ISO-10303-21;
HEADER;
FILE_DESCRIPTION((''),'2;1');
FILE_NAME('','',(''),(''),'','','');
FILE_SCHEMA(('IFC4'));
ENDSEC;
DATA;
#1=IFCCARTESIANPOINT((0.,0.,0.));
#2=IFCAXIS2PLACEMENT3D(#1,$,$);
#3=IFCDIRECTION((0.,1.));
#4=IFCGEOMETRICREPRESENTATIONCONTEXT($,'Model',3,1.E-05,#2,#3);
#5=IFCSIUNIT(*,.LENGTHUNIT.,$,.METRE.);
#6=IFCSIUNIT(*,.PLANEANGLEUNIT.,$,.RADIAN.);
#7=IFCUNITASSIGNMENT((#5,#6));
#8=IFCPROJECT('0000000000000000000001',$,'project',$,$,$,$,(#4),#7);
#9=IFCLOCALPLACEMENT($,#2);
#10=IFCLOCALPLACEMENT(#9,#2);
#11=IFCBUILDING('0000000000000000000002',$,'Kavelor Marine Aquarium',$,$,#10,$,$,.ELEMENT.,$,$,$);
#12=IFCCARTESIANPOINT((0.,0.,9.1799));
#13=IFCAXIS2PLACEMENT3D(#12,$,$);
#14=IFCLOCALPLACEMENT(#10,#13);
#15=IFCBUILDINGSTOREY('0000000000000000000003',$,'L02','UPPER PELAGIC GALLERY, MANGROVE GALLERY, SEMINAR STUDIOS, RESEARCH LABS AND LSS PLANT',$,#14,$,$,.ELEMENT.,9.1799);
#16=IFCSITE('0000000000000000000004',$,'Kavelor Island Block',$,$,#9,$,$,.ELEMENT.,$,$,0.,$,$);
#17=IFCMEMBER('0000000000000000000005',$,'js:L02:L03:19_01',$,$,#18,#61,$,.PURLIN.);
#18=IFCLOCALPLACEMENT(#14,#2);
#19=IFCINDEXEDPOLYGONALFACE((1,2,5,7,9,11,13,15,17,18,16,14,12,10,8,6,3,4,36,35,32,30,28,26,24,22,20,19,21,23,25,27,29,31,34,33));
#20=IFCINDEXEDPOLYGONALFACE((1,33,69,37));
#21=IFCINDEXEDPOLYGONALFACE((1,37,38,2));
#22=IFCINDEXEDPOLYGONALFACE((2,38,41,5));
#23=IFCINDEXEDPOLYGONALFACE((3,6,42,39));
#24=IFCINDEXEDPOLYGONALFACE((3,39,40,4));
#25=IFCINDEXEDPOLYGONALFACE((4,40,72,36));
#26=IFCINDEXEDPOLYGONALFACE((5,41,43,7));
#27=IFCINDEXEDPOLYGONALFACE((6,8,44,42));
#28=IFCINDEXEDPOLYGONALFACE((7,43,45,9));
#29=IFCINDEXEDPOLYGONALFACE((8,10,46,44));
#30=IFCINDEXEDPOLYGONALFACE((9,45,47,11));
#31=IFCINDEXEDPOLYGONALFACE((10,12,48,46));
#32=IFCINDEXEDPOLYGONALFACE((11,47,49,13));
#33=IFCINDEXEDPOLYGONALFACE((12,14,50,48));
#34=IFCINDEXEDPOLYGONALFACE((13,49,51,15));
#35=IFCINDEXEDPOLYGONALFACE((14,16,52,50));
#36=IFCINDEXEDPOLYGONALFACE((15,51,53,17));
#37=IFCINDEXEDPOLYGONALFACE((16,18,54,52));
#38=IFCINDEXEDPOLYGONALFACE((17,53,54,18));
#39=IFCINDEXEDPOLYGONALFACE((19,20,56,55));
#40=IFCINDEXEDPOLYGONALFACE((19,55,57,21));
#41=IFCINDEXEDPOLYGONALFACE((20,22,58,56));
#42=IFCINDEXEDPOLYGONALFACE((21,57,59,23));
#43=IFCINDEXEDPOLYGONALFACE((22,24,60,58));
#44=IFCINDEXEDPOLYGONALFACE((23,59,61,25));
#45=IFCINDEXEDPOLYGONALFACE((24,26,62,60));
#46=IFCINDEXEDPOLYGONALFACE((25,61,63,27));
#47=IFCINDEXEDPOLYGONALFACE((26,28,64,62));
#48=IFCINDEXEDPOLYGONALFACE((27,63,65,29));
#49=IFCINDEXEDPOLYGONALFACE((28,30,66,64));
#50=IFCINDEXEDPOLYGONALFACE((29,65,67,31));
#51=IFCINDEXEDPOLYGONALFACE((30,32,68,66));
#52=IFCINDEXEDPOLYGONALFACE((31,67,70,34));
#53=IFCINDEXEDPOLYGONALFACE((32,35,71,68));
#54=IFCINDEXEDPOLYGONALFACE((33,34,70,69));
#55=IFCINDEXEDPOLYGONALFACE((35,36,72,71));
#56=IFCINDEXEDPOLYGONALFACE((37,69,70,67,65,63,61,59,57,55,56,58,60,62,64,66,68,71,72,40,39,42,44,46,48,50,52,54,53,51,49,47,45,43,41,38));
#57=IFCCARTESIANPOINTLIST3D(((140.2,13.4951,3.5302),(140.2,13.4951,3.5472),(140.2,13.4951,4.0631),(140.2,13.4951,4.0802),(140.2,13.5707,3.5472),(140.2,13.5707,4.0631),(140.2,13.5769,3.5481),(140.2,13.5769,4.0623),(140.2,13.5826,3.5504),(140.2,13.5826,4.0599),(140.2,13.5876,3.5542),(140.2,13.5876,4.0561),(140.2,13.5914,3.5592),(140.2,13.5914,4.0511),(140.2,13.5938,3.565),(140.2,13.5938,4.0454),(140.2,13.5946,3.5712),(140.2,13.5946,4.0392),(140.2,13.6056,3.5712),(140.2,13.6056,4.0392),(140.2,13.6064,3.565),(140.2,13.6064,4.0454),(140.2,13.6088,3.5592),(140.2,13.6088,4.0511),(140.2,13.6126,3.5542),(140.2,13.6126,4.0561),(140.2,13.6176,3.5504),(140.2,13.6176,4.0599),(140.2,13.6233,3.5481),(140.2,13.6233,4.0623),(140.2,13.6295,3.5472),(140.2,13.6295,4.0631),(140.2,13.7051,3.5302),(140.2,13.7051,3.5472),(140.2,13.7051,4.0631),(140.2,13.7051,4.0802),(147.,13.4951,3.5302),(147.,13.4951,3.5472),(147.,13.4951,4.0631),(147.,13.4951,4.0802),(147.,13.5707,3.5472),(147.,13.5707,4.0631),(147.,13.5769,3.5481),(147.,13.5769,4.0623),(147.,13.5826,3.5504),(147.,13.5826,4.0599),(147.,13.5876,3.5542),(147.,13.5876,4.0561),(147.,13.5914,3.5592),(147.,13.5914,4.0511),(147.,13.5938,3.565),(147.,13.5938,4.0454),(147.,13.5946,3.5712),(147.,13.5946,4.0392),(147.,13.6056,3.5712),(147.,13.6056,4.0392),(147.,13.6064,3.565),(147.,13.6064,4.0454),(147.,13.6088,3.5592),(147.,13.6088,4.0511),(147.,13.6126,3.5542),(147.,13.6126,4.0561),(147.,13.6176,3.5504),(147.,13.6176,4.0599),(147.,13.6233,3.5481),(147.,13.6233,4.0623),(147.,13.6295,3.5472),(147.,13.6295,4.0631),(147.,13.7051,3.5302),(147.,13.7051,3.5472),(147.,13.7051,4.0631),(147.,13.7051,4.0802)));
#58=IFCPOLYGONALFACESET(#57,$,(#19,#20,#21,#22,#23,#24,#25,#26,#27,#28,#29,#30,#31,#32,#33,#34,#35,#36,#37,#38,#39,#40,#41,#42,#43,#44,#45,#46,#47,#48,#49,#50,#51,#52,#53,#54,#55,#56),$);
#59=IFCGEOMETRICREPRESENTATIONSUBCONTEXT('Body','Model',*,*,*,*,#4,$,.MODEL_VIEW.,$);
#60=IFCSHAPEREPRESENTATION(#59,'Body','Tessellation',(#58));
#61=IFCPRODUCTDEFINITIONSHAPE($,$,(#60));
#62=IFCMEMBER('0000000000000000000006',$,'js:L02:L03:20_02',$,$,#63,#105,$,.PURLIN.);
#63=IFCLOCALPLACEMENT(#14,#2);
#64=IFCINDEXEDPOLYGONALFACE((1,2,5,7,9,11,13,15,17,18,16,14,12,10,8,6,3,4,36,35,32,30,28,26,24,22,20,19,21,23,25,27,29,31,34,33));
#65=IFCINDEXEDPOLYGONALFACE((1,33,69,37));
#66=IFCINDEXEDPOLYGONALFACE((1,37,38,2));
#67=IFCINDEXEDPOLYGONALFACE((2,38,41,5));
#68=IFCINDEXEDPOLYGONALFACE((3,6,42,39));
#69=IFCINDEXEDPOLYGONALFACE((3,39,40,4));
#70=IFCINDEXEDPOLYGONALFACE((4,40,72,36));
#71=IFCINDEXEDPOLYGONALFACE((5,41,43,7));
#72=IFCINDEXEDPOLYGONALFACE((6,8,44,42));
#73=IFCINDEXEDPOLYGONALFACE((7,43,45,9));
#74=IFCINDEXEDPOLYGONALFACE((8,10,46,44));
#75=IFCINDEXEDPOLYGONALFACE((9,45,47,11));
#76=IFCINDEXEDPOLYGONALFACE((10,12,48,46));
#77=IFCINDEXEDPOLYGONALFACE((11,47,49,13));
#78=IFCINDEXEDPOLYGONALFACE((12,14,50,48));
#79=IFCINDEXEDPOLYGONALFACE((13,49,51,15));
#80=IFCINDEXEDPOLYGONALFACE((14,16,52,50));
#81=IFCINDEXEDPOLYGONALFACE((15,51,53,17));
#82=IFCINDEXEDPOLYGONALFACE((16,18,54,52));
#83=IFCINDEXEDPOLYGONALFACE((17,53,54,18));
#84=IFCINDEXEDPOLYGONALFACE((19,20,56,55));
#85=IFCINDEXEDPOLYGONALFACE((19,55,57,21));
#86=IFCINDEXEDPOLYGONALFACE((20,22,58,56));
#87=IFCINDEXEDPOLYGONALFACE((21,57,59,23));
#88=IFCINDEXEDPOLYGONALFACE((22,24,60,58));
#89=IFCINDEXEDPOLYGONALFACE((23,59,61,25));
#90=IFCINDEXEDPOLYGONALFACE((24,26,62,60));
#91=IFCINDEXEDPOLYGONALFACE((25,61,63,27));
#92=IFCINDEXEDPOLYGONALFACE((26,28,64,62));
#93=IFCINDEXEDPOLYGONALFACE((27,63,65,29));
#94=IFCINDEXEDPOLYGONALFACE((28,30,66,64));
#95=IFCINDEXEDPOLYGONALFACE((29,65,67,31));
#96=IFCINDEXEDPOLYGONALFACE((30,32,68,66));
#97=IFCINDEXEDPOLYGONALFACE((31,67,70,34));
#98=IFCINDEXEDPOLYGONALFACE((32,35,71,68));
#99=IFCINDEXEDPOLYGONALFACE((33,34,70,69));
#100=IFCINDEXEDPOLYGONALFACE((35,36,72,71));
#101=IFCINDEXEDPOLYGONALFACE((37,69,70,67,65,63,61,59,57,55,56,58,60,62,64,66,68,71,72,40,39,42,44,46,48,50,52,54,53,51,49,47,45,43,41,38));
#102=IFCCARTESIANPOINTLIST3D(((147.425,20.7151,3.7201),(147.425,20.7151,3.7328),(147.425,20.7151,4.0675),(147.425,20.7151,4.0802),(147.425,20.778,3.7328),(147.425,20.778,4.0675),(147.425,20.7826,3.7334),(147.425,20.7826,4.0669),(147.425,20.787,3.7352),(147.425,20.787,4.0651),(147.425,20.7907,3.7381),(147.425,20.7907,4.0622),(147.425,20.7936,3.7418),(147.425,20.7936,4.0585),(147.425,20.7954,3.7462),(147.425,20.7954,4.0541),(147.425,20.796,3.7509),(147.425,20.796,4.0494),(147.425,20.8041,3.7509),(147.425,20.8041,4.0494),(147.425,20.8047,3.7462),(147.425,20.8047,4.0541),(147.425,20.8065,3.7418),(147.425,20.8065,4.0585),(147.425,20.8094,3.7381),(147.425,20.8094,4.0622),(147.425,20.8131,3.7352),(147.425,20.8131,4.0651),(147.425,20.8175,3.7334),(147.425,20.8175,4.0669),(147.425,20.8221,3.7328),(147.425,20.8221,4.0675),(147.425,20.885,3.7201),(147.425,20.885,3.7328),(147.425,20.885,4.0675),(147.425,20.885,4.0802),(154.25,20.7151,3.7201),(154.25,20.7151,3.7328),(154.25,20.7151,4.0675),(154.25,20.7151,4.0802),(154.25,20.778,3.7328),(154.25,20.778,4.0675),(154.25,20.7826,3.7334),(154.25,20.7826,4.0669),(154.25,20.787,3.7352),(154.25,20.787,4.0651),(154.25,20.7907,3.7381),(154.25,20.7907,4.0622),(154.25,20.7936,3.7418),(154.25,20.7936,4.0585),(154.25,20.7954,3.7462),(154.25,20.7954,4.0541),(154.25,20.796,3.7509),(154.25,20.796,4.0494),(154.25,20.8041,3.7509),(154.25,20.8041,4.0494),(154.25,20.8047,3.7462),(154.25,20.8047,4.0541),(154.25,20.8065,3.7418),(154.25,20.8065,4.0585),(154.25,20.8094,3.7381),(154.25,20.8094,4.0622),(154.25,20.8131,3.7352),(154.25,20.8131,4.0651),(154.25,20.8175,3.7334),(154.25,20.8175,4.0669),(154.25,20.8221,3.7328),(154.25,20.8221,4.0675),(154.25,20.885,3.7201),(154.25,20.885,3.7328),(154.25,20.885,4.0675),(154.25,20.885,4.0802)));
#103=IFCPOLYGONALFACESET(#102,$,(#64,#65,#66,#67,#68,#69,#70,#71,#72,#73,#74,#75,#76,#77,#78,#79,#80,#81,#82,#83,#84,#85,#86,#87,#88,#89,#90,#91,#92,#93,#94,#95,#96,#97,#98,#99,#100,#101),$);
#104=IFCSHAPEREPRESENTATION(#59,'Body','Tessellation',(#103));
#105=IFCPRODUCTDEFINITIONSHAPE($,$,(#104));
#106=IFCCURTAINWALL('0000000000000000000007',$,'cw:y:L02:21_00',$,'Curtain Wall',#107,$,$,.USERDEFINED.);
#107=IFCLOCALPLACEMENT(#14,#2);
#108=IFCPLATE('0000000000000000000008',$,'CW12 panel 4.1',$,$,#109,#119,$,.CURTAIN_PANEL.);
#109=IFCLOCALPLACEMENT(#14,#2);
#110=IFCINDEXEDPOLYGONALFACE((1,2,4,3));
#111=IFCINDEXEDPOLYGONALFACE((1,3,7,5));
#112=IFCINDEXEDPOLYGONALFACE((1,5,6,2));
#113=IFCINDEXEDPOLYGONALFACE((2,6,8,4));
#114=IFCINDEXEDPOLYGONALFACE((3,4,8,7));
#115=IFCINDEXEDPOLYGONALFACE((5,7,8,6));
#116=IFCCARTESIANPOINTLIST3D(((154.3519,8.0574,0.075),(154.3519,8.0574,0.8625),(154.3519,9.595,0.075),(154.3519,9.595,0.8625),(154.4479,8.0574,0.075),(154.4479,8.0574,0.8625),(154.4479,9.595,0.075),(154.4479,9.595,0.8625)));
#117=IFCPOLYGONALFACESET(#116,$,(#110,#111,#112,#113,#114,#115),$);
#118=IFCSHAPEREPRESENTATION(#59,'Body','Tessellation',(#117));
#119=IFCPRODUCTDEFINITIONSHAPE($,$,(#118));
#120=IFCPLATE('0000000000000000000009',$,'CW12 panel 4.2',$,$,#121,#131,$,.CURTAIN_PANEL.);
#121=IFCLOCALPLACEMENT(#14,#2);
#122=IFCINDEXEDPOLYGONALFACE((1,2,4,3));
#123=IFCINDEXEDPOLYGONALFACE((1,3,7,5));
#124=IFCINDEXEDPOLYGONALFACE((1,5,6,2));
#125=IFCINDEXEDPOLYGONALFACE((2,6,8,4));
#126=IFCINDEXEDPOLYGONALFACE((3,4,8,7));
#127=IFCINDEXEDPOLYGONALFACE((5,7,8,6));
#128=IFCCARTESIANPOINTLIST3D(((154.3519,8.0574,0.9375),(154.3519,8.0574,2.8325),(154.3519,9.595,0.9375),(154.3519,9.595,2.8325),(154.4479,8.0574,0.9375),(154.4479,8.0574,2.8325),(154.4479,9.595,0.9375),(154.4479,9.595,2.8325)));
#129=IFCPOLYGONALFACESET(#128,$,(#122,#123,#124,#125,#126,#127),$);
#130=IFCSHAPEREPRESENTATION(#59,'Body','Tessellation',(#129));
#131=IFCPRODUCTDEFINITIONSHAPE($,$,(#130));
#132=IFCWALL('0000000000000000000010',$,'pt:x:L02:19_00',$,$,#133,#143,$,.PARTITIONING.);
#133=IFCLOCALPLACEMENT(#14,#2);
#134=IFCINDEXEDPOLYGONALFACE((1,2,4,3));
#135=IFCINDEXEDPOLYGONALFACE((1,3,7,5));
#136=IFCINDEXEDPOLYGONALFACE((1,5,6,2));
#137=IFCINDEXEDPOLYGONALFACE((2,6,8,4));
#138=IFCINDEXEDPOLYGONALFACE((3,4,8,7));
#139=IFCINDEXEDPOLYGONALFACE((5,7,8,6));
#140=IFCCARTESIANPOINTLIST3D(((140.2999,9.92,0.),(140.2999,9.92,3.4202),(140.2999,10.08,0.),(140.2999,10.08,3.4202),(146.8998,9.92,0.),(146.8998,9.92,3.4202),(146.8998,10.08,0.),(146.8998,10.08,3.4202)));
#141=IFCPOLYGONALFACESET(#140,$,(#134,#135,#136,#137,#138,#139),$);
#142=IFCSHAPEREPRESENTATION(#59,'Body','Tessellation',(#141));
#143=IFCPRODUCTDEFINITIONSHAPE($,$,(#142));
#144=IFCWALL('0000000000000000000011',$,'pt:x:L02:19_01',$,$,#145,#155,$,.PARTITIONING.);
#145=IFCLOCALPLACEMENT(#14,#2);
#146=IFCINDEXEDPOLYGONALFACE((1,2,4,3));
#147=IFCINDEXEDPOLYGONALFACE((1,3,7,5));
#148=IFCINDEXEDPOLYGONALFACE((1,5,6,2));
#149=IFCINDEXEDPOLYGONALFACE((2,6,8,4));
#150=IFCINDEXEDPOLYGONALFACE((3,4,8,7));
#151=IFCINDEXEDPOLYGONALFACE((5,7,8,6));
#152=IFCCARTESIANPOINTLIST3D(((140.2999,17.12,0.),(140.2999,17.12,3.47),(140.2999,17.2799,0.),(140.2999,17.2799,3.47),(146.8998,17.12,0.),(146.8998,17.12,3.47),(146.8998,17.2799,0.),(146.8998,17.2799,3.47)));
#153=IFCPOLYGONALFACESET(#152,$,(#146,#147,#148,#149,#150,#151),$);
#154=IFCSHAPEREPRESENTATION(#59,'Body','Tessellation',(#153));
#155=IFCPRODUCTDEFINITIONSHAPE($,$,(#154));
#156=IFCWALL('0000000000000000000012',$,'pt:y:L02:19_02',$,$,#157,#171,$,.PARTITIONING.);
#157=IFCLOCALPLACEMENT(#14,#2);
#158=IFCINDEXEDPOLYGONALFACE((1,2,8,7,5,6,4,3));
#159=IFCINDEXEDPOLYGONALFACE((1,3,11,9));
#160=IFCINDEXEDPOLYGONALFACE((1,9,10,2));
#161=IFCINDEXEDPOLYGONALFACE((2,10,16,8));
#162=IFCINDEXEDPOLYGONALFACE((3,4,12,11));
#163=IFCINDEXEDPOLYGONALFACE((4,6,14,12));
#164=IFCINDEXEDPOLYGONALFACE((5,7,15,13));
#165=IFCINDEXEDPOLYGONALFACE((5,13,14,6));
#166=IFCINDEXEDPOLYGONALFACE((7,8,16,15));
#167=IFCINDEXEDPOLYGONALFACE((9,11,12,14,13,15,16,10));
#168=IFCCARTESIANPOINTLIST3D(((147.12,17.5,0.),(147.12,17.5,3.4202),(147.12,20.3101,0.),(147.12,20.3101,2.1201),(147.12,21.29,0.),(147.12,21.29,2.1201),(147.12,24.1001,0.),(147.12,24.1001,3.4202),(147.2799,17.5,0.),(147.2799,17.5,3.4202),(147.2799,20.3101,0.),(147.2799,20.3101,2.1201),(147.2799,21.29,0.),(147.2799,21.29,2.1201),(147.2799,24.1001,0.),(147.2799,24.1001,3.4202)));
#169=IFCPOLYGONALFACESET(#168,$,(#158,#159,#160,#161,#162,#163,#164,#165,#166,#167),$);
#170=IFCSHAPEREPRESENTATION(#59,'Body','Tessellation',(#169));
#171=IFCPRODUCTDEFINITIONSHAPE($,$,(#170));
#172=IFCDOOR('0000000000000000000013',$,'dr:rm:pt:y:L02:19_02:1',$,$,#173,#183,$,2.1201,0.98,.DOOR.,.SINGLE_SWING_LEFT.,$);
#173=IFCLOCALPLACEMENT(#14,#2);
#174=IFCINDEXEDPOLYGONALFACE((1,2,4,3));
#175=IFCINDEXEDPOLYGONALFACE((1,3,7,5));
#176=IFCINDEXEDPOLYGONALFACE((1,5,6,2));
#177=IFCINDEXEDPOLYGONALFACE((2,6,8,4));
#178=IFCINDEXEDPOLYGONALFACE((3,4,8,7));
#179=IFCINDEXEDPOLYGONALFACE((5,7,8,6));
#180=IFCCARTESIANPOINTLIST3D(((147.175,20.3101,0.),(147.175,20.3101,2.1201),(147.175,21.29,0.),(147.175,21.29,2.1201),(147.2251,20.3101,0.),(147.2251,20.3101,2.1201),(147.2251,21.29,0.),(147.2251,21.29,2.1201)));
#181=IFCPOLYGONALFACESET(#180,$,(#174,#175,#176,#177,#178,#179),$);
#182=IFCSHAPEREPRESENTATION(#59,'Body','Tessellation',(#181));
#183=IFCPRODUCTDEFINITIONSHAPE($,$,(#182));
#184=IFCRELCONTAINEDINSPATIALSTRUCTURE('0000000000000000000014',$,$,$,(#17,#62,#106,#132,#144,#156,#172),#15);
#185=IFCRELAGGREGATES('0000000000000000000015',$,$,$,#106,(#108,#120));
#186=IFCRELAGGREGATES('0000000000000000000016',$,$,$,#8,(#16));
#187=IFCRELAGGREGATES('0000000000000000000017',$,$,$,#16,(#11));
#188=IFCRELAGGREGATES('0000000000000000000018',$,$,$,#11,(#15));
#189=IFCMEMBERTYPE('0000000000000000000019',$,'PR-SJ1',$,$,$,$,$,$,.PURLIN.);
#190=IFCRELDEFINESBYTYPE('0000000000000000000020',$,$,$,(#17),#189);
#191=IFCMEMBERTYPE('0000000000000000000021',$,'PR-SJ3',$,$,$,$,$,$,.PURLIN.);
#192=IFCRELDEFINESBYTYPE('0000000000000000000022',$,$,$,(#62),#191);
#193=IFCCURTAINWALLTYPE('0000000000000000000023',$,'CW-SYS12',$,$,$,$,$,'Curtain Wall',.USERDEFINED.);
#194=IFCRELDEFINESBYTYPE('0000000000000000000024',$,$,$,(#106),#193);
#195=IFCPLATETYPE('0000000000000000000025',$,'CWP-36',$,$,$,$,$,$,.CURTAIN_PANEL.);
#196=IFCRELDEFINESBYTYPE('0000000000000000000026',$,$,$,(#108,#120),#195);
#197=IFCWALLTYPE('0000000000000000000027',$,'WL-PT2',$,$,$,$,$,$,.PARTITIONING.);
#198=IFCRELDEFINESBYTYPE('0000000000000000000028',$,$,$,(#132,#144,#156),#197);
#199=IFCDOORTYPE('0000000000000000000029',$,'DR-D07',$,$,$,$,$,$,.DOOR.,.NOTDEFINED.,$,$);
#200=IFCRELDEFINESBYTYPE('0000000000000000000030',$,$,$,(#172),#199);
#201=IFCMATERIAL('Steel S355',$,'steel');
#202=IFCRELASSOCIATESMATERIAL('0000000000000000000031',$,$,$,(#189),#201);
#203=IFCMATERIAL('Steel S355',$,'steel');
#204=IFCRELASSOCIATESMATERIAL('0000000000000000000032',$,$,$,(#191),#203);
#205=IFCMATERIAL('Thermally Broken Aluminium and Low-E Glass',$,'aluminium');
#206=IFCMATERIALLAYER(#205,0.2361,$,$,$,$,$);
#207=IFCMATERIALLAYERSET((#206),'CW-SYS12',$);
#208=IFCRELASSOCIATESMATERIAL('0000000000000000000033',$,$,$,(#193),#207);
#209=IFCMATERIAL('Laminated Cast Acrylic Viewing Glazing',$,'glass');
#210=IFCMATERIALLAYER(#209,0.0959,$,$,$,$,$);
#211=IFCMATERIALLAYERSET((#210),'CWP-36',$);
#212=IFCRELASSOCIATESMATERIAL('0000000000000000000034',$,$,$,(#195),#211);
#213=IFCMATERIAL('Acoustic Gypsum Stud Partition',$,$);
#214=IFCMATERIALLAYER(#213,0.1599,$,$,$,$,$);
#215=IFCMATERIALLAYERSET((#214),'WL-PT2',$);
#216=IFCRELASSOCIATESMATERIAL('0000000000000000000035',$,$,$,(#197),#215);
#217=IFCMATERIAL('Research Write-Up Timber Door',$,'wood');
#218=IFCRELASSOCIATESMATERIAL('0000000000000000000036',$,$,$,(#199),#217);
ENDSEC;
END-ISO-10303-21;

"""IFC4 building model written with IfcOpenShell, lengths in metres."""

from ifc_helpers import new_model, si_unit, direction, frame, frame_2d, origin, origin_2d, place, context, subcontext, project, spatial, rectangle, i_section, extrude, material, layer, layer_set, material_profile, profile_set, type_object, element, fill, aggregate, save


model = new_model("IFC4")

# Units and contexts
model_context = context("Model", 3, precision=1e-05, world=origin(), true_north=direction((0.0, 1.0)))
body_context = subcontext(model_context, "Body", "Model", "MODEL_VIEW")
ifc_project = project(units=[si_unit("LENGTHUNIT", "METRE"), si_unit("PLANEANGLEUNIT", "RADIAN")], contexts=[model_context])

# Site, building, storey
site_placement = place(None, origin())
site = spatial("IfcSite", under=ifc_project, at=site_placement, Name="Kavelor Island Block", CompositionType="ELEMENT", RefElevation=0.0)
building_placement = place(site_placement, origin())
building = spatial("IfcBuilding", under=site, at=building_placement, Name="Kavelor Marine Aquarium", CompositionType="ELEMENT")
storey_placement = place(building_placement, frame((0.0, 0.0, 9.1799)))
storey = spatial("IfcBuildingStorey", under=building, at=storey_placement, Name="L02", Description="UPPER PELAGIC GALLERY, MANGROVE GALLERY, SEMINAR STUDIOS, RESEARCH LABS AND LSS PLANT", CompositionType="ELEMENT", Elevation=9.1799)

# Members
ifc_material_1 = material(Name="Steel S355", Category="steel")
ifc_material_profile_1 = material_profile(ifc_material_1, i_section(OverallWidth=0.21, OverallDepth=0.55, WebThickness=0.011, FlangeThickness=0.0171, FilletRadius=0.0239, at=origin_2d()), Name="IPE 550")
ifc_profile_set_1 = profile_set([ifc_material_profile_1], Name="Steel S355")
member_type_1 = type_object("IfcMemberType", Name="PR-SJ1", PredefinedType="PURLIN", material=ifc_profile_set_1)
member_1_placement = place(storey_placement, frame((140.2, 13.6001, 3.8052), z_axis=(1.0, 0.0, 0.0), x_axis=(0.0, 1.0, 0.0)))
element("IfcMember", 1, at=member_1_placement, inside=storey, type_object=member_type_1, Name="js:L02:L03:19_01", PredefinedType="PURLIN", context=body_context, shape_type="SweptSolid", body=[
    extrude(i_section(OverallWidth=0.21, OverallDepth=0.55, WebThickness=0.011, FlangeThickness=0.0171, FilletRadius=0.0239, at=origin_2d()), origin(), (0.0, 0.0, 1.0), 6.8),
])
ifc_material_2 = material(Name="Steel S355", Category="steel")
ifc_material_profile_2 = material_profile(ifc_material_2, i_section(OverallWidth=0.1699, OverallDepth=0.3601, WebThickness=0.0081, FlangeThickness=0.0127, FilletRadius=0.0181, at=origin_2d()), Name="IPE 360")
ifc_profile_set_2 = profile_set([ifc_material_profile_2], Name="Steel S355")
member_type_2 = type_object("IfcMemberType", Name="PR-SJ3", PredefinedType="PURLIN", material=ifc_profile_set_2)
member_2_placement = place(storey_placement, frame((147.425, 20.8, 3.9001), z_axis=(1.0, 0.0, 0.0), x_axis=(0.0, 1.0, 0.0)))
element("IfcMember", 2, at=member_2_placement, inside=storey, type_object=member_type_2, Name="js:L02:L03:20_02", PredefinedType="PURLIN", context=body_context, shape_type="SweptSolid", body=[
    extrude(i_section(OverallWidth=0.1699, OverallDepth=0.3601, WebThickness=0.0081, FlangeThickness=0.0127, FilletRadius=0.0181, at=origin_2d()), origin(), (0.0, 0.0, 1.0), 6.825),
])

# Curtain wall, plates
ifc_material_3 = material(Name="Thermally Broken Aluminium and Low-E Glass", Category="aluminium")
ifc_layer_1 = layer(ifc_material_3, 0.2361)
ifc_layer_set_1 = layer_set([ifc_layer_1], Name="CW-SYS12")
curtain_wall_type = type_object("IfcCurtainWallType", Name="CW-SYS12", ElementType="Curtain Wall", PredefinedType="USERDEFINED", material=ifc_layer_set_1)
curtain_wall_placement = place(storey_placement, origin())
curtain_wall = element("IfcCurtainWall", 3, at=curtain_wall_placement, inside=storey, type_object=curtain_wall_type, Name="cw:y:L02:21_00", ObjectType="Curtain Wall", PredefinedType="USERDEFINED")
ifc_material_4 = material(Name="Laminated Cast Acrylic Viewing Glazing", Category="glass")
ifc_layer_2 = layer(ifc_material_4, 0.0959)
ifc_layer_set_2 = layer_set([ifc_layer_2], Name="CWP-36")
plate_type = type_object("IfcPlateType", Name="CWP-36", PredefinedType="CURTAIN_PANEL", material=ifc_layer_set_2)
plate_1_placement = place(storey_placement, frame((154.3999, 8.8262, 0.075), z_axis=(0.0, 0.0, 1.0), x_axis=(0.0, 1.0, 0.0)))
plate_1 = element("IfcPlate", 4, at=plate_1_placement, type_object=plate_type, Name="CW12 panel 4.1", PredefinedType="CURTAIN_PANEL", context=body_context, shape_type="SweptSolid", body=[
    extrude(rectangle(XDim=1.5376, YDim=0.0959, at=origin_2d()), origin(), (0.0, 0.0, 1.0), 0.7876),
])
plate_2_placement = place(storey_placement, frame((154.3999, 8.8262, 0.9375), z_axis=(0.0, 0.0, 1.0), x_axis=(0.0, 1.0, 0.0)))
plate_2 = element("IfcPlate", 5, at=plate_2_placement, type_object=plate_type, Name="CW12 panel 4.2", PredefinedType="CURTAIN_PANEL", context=body_context, shape_type="SweptSolid", body=[
    extrude(rectangle(XDim=1.5376, YDim=0.0959, at=origin_2d()), origin(), (0.0, 0.0, 1.0), 1.895),
])
aggregate(curtain_wall, [plate_1, plate_2])

# Walls
ifc_material_5 = material(Name="Acoustic Gypsum Stud Partition")
ifc_layer_3 = layer(ifc_material_5, 0.1599)
ifc_layer_set_3 = layer_set([ifc_layer_3], Name="WL-PT2")
wall_type_1 = type_object("IfcWallType", Name="WL-PT2", PredefinedType="PARTITIONING", material=ifc_layer_set_3)
wall_1_placement = place(storey_placement, frame((140.3, 10.0, 0.0), z_axis=(0.0, 0.0, 1.0), x_axis=(1.0, 0.0, 0.0)))
element("IfcWall", 6, at=wall_1_placement, inside=storey, type_object=wall_type_1, Name="pt:x:L02:19_00", PredefinedType="PARTITIONING", context=body_context, shape_type="SweptSolid", body=[
    extrude(rectangle(XDim=6.5999, YDim=0.1599, at=frame_2d((3.2998, 0.0))), origin(), (0.0, 0.0, 1.0), 3.4202),
])
wall_2_placement = place(storey_placement, frame((140.3, 17.2, 0.0), z_axis=(0.0, 0.0, 1.0), x_axis=(1.0, 0.0, 0.0)))
element("IfcWall", 7, at=wall_2_placement, inside=storey, type_object=wall_type_1, Name="pt:x:L02:19_01", PredefinedType="PARTITIONING", context=body_context, shape_type="SweptSolid", body=[
    extrude(rectangle(XDim=6.5999, YDim=0.1599, at=frame_2d((3.2998, 0.0))), origin(), (0.0, 0.0, 1.0), 3.47),
])

# Wall, opening, door
wall_3_placement = place(storey_placement, frame((147.2, 17.5, 0.0), z_axis=(0.0, 0.0, 1.0), x_axis=(0.0, 1.0, 0.0)))
wall_3 = element("IfcWall", 8, at=wall_3_placement, inside=storey, type_object=wall_type_1, Name="pt:y:L02:19_02", PredefinedType="PARTITIONING", context=body_context, shape_type="SweptSolid", body=[
    extrude(rectangle(XDim=6.6001, YDim=0.1599, at=frame_2d((3.3, 0.0))), origin(), (0.0, 0.0, 1.0), 3.4202),
])
opening_1_placement = place(wall_3_placement, frame((2.8101, 0.0, 0.0)))
opening_1 = element("IfcOpeningElement", 9, at=opening_1_placement, cuts=wall_3, PredefinedType="OPENING", context=body_context, shape_type="SweptSolid", body=[
    extrude(rectangle(XDim=0.98, YDim=2.1201, at=frame_2d((0.49, 1.0601))), frame((0.0, 0.0898, 0.0), z_axis=(0.0, -1.0, 0.0), x_axis=(1.0, 0.0, 0.0)), (0.0, 0.0, 1.0), 0.1799),
])
ifc_material_6 = material(Name="Research Write-Up Timber Door", Category="wood")
door_type_1 = type_object("IfcDoorType", Name="DR-D07", OperationType="NOTDEFINED", PredefinedType="DOOR", material=ifc_material_6)
door_1_placement = place(opening_1_placement, origin())
door_1 = element("IfcDoor", 10, at=door_1_placement, inside=storey, type_object=door_type_1, Name="dr:rm:pt:y:L02:19_02:1", OperationType="SINGLE_SWING_LEFT", OverallHeight=2.1201, OverallWidth=0.98, PredefinedType="DOOR", context=body_context, shape_type="SweptSolid", body=[
    extrude(rectangle(XDim=0.98, YDim=2.1201, at=frame_2d((0.49, 1.0601))), frame((0.0, 0.0249, 0.0), z_axis=(0.0, -1.0, 0.0), x_axis=(1.0, 0.0, 0.0)), (0.0, 0.0, 1.0), 0.05),
])
fill(opening_1, door_1)

save(model, "model.ifc")
